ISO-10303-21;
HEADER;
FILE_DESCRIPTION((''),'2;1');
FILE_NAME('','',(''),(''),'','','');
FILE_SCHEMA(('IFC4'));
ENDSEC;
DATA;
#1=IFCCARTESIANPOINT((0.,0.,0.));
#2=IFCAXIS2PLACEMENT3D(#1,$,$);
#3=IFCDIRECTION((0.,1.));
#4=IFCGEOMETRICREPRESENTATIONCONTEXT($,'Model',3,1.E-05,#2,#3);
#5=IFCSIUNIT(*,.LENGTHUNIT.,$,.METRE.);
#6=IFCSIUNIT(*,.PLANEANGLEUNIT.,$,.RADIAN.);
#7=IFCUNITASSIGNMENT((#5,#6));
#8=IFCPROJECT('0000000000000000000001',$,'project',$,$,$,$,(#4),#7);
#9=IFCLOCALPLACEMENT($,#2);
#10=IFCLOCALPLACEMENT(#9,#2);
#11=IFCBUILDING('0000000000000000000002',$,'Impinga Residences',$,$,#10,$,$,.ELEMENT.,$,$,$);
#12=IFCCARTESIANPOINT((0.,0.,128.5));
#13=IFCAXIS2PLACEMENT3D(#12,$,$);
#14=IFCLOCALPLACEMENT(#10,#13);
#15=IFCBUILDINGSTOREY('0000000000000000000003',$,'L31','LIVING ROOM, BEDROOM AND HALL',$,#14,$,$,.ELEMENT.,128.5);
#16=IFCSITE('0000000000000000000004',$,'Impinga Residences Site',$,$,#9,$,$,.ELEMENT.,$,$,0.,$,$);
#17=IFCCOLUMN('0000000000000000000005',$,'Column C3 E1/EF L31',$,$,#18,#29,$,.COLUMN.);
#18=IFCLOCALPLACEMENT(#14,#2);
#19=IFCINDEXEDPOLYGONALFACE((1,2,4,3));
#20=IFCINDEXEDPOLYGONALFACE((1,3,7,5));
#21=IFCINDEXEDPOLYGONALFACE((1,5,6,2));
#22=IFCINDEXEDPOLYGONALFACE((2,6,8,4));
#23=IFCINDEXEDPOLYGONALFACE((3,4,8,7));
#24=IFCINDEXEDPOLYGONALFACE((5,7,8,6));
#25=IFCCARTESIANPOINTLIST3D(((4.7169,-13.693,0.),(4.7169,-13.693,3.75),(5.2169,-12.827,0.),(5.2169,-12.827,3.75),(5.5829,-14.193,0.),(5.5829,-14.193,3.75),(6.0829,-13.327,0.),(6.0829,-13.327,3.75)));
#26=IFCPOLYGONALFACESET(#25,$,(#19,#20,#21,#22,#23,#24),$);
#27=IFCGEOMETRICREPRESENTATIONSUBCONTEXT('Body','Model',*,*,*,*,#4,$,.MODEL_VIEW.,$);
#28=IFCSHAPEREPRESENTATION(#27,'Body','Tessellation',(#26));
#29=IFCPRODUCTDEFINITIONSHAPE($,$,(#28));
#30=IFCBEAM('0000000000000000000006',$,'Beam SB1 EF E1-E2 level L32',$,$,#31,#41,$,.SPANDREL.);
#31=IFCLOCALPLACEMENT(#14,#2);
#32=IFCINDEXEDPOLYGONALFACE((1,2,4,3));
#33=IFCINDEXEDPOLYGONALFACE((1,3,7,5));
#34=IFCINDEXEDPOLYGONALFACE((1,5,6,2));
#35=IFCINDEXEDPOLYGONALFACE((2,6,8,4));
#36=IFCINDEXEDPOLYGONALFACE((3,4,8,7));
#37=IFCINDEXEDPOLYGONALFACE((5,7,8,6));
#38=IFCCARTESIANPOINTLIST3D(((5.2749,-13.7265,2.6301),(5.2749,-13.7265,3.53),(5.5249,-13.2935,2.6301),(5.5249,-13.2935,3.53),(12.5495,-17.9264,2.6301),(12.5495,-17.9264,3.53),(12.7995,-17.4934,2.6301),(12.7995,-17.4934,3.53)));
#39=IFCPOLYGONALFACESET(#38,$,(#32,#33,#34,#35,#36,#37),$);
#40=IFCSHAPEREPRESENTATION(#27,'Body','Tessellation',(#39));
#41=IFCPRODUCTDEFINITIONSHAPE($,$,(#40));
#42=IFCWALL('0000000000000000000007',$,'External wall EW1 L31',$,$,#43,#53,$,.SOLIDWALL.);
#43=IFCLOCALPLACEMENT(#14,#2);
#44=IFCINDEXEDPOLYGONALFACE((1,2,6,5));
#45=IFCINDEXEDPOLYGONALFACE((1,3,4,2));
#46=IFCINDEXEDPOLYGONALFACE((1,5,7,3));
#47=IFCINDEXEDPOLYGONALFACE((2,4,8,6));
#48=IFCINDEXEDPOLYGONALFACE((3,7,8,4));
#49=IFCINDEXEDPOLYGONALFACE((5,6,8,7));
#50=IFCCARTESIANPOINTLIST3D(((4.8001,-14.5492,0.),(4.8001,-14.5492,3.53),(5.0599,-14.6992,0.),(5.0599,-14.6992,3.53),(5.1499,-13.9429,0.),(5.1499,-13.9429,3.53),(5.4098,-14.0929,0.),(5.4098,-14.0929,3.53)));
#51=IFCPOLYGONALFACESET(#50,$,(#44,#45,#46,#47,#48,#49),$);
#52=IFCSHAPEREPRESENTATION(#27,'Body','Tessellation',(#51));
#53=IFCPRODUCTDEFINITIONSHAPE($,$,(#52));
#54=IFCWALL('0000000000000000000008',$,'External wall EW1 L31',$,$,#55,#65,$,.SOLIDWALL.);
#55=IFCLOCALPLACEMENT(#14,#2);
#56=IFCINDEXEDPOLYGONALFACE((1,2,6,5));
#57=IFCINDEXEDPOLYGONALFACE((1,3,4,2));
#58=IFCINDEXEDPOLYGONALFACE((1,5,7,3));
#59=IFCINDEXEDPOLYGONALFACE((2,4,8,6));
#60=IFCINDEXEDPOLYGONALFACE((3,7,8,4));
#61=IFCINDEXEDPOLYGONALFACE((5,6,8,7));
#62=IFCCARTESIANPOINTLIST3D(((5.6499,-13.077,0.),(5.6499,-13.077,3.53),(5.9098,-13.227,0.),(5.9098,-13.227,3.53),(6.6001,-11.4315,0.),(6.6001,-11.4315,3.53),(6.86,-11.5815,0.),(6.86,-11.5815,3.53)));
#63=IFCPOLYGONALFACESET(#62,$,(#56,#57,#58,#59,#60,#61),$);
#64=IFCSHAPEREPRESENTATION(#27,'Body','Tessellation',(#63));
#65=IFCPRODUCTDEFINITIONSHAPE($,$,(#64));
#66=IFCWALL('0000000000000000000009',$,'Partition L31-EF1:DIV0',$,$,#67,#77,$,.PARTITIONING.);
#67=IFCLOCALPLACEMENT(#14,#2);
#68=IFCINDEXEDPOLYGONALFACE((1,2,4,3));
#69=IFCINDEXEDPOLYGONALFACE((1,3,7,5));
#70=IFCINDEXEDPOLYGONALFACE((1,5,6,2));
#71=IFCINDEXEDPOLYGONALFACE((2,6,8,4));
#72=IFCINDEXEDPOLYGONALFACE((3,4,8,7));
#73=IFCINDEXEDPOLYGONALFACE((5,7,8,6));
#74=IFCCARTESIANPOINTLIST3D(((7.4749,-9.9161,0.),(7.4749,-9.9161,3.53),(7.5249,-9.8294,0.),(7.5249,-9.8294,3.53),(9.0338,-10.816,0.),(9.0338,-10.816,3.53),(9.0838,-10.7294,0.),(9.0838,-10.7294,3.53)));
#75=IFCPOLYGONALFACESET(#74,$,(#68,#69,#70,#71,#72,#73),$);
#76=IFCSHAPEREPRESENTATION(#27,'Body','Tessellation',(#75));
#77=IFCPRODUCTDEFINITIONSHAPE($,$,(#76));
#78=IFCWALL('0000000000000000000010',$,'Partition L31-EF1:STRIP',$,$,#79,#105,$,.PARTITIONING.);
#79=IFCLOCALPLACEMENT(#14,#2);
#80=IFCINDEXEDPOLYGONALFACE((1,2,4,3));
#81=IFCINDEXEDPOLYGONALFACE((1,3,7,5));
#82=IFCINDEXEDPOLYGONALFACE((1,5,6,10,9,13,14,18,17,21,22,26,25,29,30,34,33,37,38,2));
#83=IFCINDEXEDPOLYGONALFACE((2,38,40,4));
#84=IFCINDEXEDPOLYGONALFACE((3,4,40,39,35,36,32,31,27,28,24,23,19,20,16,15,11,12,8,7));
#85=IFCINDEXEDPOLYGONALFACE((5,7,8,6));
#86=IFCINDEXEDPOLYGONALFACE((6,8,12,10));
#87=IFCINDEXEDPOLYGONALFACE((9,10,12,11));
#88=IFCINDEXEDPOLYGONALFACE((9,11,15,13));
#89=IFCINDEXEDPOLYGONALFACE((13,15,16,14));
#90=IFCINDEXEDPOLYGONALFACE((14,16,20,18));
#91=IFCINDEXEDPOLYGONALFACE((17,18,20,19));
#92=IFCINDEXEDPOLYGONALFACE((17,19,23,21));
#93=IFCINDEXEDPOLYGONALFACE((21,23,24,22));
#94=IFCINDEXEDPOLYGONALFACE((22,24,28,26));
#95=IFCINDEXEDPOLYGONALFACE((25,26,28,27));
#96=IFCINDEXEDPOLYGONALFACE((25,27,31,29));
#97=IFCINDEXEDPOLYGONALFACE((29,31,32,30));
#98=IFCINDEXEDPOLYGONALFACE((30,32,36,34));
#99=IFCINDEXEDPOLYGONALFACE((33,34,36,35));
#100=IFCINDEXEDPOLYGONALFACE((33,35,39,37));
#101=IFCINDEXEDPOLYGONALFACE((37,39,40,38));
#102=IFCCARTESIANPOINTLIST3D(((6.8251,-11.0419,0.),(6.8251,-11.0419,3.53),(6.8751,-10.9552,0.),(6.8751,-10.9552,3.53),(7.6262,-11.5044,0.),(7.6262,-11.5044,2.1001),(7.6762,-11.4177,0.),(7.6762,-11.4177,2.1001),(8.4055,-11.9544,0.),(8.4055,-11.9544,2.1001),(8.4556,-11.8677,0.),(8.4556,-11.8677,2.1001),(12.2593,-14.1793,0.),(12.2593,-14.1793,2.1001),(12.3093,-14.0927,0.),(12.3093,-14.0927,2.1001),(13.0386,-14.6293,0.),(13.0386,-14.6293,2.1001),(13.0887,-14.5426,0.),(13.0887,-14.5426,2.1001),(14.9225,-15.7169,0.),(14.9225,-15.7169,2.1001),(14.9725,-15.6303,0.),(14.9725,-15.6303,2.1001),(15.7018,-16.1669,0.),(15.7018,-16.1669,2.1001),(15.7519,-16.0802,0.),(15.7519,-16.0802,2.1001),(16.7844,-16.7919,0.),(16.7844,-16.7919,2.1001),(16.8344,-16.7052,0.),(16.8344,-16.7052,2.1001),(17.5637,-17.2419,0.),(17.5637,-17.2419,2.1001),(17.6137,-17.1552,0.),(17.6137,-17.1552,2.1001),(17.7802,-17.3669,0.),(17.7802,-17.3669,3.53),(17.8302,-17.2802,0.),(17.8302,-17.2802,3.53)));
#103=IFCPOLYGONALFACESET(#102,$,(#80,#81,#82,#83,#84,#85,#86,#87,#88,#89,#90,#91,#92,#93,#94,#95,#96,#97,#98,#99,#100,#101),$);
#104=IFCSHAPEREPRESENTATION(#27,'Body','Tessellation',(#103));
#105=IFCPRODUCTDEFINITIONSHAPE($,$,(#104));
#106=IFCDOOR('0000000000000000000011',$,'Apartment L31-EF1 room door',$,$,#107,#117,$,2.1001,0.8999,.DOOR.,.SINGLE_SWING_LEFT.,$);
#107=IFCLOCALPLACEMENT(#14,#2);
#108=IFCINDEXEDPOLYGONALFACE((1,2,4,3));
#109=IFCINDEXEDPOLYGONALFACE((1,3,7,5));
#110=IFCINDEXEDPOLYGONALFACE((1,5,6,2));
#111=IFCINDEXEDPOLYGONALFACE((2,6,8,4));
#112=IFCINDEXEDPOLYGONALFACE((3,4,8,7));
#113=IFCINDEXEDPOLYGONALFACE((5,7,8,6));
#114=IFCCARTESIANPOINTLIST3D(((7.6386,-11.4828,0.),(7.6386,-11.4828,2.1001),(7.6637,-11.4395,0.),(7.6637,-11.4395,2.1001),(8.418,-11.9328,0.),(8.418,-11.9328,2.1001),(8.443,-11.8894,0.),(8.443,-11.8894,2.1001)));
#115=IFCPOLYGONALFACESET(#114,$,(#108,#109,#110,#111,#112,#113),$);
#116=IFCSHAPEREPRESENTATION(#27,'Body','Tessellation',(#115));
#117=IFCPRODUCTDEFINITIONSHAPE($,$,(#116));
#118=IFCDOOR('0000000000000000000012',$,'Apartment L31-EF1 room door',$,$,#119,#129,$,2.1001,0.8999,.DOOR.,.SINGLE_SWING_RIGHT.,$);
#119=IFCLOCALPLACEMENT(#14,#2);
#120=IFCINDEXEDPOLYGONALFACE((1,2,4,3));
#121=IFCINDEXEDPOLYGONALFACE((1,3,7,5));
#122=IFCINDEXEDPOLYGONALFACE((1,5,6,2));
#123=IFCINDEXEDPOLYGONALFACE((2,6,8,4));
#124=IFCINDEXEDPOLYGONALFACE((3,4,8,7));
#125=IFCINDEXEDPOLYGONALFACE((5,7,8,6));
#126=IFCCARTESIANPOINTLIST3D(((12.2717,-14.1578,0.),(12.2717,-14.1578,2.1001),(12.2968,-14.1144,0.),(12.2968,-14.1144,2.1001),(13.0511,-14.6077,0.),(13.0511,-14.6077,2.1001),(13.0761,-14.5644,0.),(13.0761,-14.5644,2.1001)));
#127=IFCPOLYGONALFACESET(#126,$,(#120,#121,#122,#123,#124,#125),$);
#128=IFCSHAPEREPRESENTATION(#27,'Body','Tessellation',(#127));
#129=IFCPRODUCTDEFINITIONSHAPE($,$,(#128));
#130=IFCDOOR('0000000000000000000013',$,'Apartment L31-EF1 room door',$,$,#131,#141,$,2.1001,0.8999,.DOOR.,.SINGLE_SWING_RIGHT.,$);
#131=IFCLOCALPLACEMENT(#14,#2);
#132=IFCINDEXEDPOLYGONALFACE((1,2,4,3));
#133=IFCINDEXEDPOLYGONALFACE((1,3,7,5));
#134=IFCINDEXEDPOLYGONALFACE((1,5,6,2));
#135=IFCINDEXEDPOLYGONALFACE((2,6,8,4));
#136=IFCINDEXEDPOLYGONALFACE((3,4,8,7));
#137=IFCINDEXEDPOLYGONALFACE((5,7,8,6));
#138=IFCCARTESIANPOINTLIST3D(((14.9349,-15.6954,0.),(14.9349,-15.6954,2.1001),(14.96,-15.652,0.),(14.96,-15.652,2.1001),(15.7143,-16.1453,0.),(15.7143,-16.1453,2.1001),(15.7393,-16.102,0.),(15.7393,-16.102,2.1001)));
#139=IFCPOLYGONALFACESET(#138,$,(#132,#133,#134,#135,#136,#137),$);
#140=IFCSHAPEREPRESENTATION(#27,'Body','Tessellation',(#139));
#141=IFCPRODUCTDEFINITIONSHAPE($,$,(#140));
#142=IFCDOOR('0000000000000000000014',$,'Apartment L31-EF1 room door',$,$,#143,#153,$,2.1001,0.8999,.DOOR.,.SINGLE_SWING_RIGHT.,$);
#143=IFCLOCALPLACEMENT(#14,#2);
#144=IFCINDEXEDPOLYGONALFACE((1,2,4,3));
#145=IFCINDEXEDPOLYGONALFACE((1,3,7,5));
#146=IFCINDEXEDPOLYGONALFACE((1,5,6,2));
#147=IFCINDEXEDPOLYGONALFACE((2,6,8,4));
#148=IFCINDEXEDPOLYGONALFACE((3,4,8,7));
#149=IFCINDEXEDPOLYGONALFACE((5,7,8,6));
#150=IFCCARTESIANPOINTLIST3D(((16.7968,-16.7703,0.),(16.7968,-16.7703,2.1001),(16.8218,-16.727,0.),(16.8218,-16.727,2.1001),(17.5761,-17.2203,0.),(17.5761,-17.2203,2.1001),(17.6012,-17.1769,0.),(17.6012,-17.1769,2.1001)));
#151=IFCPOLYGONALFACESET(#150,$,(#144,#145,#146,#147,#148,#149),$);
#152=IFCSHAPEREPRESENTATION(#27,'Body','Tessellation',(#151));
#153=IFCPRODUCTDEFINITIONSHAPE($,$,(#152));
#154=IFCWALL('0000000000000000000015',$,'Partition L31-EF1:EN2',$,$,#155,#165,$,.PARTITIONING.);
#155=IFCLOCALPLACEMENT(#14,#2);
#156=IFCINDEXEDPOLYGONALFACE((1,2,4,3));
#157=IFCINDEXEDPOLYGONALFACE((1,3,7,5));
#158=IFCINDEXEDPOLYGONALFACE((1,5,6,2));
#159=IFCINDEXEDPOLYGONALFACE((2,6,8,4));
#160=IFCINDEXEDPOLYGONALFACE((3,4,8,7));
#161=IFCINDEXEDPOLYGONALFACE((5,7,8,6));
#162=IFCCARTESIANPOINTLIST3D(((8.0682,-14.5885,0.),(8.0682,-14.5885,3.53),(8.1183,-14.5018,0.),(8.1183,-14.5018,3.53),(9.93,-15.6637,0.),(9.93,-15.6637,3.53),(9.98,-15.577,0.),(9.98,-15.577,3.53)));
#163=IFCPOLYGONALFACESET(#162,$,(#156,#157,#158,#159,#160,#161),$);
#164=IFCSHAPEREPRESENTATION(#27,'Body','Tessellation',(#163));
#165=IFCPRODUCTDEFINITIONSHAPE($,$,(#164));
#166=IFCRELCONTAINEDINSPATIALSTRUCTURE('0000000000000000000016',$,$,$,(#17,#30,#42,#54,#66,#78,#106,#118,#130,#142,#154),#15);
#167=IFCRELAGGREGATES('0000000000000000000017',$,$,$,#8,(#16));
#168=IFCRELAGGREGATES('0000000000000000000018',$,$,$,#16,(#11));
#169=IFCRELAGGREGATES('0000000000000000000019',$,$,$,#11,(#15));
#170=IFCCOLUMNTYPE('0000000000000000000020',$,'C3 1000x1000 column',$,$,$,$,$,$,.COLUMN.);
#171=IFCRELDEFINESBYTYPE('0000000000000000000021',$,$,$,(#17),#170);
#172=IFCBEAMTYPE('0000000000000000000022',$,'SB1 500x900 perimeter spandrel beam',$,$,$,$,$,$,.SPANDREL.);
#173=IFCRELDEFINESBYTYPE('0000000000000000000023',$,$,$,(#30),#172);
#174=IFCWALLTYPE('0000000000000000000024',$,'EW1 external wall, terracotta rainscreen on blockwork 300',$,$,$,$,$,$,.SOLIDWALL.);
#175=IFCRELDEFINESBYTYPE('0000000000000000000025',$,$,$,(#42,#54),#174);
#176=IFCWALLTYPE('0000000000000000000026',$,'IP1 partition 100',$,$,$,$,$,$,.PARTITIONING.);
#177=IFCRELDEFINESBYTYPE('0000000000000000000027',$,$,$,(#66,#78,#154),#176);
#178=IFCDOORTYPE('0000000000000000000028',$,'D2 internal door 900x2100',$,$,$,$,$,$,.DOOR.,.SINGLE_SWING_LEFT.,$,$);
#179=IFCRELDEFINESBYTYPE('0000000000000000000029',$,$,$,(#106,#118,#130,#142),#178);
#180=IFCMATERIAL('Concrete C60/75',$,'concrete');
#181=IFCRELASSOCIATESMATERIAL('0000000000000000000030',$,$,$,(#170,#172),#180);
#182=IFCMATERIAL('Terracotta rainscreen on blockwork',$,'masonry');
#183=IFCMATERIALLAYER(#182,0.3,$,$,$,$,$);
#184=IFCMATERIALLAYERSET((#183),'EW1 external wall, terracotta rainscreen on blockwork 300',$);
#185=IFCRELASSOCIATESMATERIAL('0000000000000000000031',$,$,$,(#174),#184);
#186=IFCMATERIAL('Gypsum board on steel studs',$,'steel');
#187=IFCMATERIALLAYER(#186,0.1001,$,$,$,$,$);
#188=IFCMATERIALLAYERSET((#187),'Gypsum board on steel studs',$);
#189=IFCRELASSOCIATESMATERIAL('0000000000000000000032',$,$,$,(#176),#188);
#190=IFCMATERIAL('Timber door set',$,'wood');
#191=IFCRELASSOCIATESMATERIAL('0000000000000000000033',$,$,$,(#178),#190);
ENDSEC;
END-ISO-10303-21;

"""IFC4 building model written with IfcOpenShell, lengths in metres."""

from ifc_helpers import new_model, si_unit, direction, frame, frame_2d, origin, origin_2d, place, context, subcontext, project, spatial, rectangle, extrude, material, layer, layer_set, material_profile, profile_set, type_object, element, fill, save


model = new_model("IFC4")

# Units and contexts
model_context = context("Model", 3, precision=1e-05, world=origin(), true_north=direction((0.0, 1.0)))
body_context = subcontext(model_context, "Body", "Model", "MODEL_VIEW")
ifc_project = project(units=[si_unit("LENGTHUNIT", "METRE"), si_unit("PLANEANGLEUNIT", "RADIAN")], contexts=[model_context])

# Site, building, storey
site_placement = place(None, origin())
site = spatial("IfcSite", under=ifc_project, at=site_placement, Name="Impinga Residences Site", CompositionType="ELEMENT", RefElevation=0.0)
building_placement = place(site_placement, origin())
building = spatial("IfcBuilding", under=site, at=building_placement, Name="Impinga Residences", CompositionType="ELEMENT")
storey_placement = place(building_placement, frame((0.0, 0.0, 128.5)))
storey = spatial("IfcBuildingStorey", under=building, at=storey_placement, Name="L31", Description="LIVING ROOM, BEDROOM AND HALL", CompositionType="ELEMENT", Elevation=128.5)

# Column
ifc_material_1 = material(Name="Concrete C60/75", Category="concrete")
ifc_material_profile_1 = material_profile(ifc_material_1, rectangle(XDim=1.0, YDim=1.0, at=origin_2d()), Name="RC 1000x1000")
ifc_profile_set_1 = profile_set([ifc_material_profile_1], Name="Concrete C60/75")
column_type = type_object("IfcColumnType", Name="C3 1000x1000 column", PredefinedType="COLUMN", material=ifc_profile_set_1)
column_placement = place(storey_placement, frame((5.3999, -13.51, 0.0), z_axis=(0.0, 0.0, 1.0), x_axis=(-0.5, -0.866025, 0.0)))
element("IfcColumn", 1, at=column_placement, inside=storey, type_object=column_type, Name="Column C3 E1/EF L31", PredefinedType="COLUMN", context=body_context, shape_type="SweptSolid", body=[
    extrude(rectangle(XDim=1.0, YDim=1.0, at=origin_2d()), origin(), (0.0, 0.0, 1.0), 3.75),
])

# Beam
ifc_material_profile_2 = material_profile(ifc_material_1, rectangle(XDim=0.5, YDim=0.8999, at=origin_2d()), Name="RC 500x900")
ifc_profile_set_2 = profile_set([ifc_material_profile_2], Name="Concrete C60/75")
beam_type = type_object("IfcBeamType", Name="SB1 500x900 perimeter spandrel beam", PredefinedType="SPANDREL", material=ifc_profile_set_2)
beam_placement = place(storey_placement, frame((5.3999, -13.51, 3.0801), z_axis=(0.866029, -0.499993, 0.0), x_axis=(0.499993, 0.866029, 0.0)))
element("IfcBeam", 2, at=beam_placement, inside=storey, type_object=beam_type, Name="Beam SB1 EF E1-E2 level L32", PredefinedType="SPANDREL", context=body_context, shape_type="SweptSolid", body=[
    extrude(rectangle(XDim=0.5, YDim=0.8999, at=origin_2d()), origin(), (0.0, 0.0, 1.0), 8.3999),
])

# Walls
ifc_material_2 = material(Name="Terracotta rainscreen on blockwork", Category="masonry")
ifc_layer_1 = layer(ifc_material_2, 0.3)
ifc_layer_set_1 = layer_set([ifc_layer_1], Name="EW1 external wall, terracotta rainscreen on blockwork 300")
wall_type_1 = type_object("IfcWallType", Name="EW1 external wall, terracotta rainscreen on blockwork 300", PredefinedType="SOLIDWALL", material=ifc_layer_set_1)
wall_1_placement = place(storey_placement, frame((4.9299, -14.6243, 0.0), z_axis=(0.0, 0.0, 1.0), x_axis=(0.499853, 0.86611, 0.0)))
element("IfcWall", 3, at=wall_1_placement, inside=storey, type_object=wall_type_1, Name="External wall EW1 L31", PredefinedType="SOLIDWALL", context=body_context, shape_type="SweptSolid", body=[
    extrude(rectangle(XDim=0.7, YDim=0.3, at=frame_2d((0.3501, 0.0))), origin(), (0.0, 0.0, 1.0), 3.53),
])
wall_2_placement = place(storey_placement, frame((5.7798, -13.1521, 0.0), z_axis=(0.0, 0.0, 1.0), x_axis=(0.500064, 0.865989, 0.0)))
element("IfcWall", 4, at=wall_2_placement, inside=storey, type_object=wall_type_1, Name="External wall EW1 L31", PredefinedType="SOLIDWALL", context=body_context, shape_type="SweptSolid", body=[
    extrude(rectangle(XDim=1.9001, YDim=0.3, at=frame_2d((0.9502, 0.0))), origin(), (0.0, 0.0, 1.0), 3.53),
])
ifc_material_3 = material(Name="Gypsum board on steel studs", Category="steel")
ifc_layer_2 = layer(ifc_material_3, 0.1001)
ifc_layer_set_2 = layer_set([ifc_layer_2], Name="Gypsum board on steel studs")
wall_type_2 = type_object("IfcWallType", Name="IP1 partition 100", PredefinedType="PARTITIONING", material=ifc_layer_set_2)
wall_3_placement = place(storey_placement, frame((7.5, -9.8728, 0.0), z_axis=(0.0, 0.0, 1.0), x_axis=(0.866048, -0.499961, 0.0)))
element("IfcWall", 5, at=wall_3_placement, inside=storey, type_object=wall_type_2, Name="Partition L31-EF1:DIV0", PredefinedType="PARTITIONING", context=body_context, shape_type="SweptSolid", body=[
    extrude(rectangle(XDim=1.8, YDim=0.1001, at=frame_2d((0.8999, 0.0))), origin(), (0.0, 0.0, 1.0), 3.53),
])

# Wall, openings, doors
wall_4_placement = place(storey_placement, frame((6.8501, -10.9985, 0.0), z_axis=(0.0, 0.0, 1.0), x_axis=(0.866024, -0.500002, 0.0)))
wall_4 = element("IfcWall", 6, at=wall_4_placement, inside=storey, type_object=wall_type_2, Name="Partition L31-EF1:STRIP", PredefinedType="PARTITIONING", context=body_context, shape_type="SweptSolid", body=[
    extrude(rectangle(XDim=12.6499, YDim=0.1001, at=frame_2d((6.325, 0.0))), origin(), (0.0, 0.0, 1.0), 3.53),
])
opening_1_placement = place(wall_4_placement, frame((0.925, 0.0, 0.0)))
opening_1 = element("IfcOpeningElement", 7, at=opening_1_placement, cuts=wall_4, PredefinedType="OPENING", context=body_context, shape_type="SweptSolid", body=[
    extrude(rectangle(XDim=0.8999, YDim=2.1001, at=frame_2d((0.45, 1.05))), frame((0.0, 0.0601, 0.0), z_axis=(0.0, -1.0, 0.0), x_axis=(1.0, 0.0, 0.0)), (0.0, 0.0, 1.0), 0.1201),
])
opening_2_placement = place(wall_4_placement, frame((6.2749, 0.0, 0.0)))
opening_2 = element("IfcOpeningElement", 8, at=opening_2_placement, cuts=wall_4, PredefinedType="OPENING", context=body_context, shape_type="SweptSolid", body=[
    extrude(rectangle(XDim=0.8999, YDim=2.1001, at=frame_2d((0.45, 1.05))), frame((0.0, 0.0601, 0.0), z_axis=(0.0, -1.0, 0.0), x_axis=(1.0, 0.0, 0.0)), (0.0, 0.0, 1.0), 0.1201),
])
opening_3_placement = place(wall_4_placement, frame((9.3501, 0.0, 0.0)))
opening_3 = element("IfcOpeningElement", 9, at=opening_3_placement, cuts=wall_4, PredefinedType="OPENING", context=body_context, shape_type="SweptSolid", body=[
    extrude(rectangle(XDim=0.8999, YDim=2.1001, at=frame_2d((0.45, 1.05))), frame((0.0, 0.0601, 0.0), z_axis=(0.0, -1.0, 0.0), x_axis=(1.0, 0.0, 0.0)), (0.0, 0.0, 1.0), 0.1201),
])
opening_4_placement = place(wall_4_placement, frame((11.5, 0.0, 0.0)))
opening_4 = element("IfcOpeningElement", 10, at=opening_4_placement, cuts=wall_4, PredefinedType="OPENING", context=body_context, shape_type="SweptSolid", body=[
    extrude(rectangle(XDim=0.8999, YDim=2.1001, at=frame_2d((0.45, 1.05))), frame((0.0, 0.0601, 0.0), z_axis=(0.0, -1.0, 0.0), x_axis=(1.0, 0.0, 0.0)), (0.0, 0.0, 1.0), 0.1201),
])
ifc_material_4 = material(Name="Timber door set", Category="wood")
door_type_1 = type_object("IfcDoorType", Name="D2 internal door 900x2100", OperationType="SINGLE_SWING_LEFT", PredefinedType="DOOR", material=ifc_material_4)
door_1_placement = place(opening_1_placement, origin())
door_1 = element("IfcDoor", 11, at=door_1_placement, inside=storey, type_object=door_type_1, Name="Apartment L31-EF1 room door", OperationType="SINGLE_SWING_LEFT", OverallHeight=2.1001, OverallWidth=0.8999, PredefinedType="DOOR", context=body_context, shape_type="SweptSolid", body=[
    extrude(rectangle(XDim=0.8999, YDim=2.1001, at=frame_2d((0.45, 1.05))), frame((0.0, 0.0249, 0.0), z_axis=(0.0, -1.0, 0.0), x_axis=(1.0, 0.0, 0.0)), (0.0, 0.0, 1.0), 0.05),
])
fill(opening_1, door_1)
door_2_placement = place(opening_2_placement, origin())
door_2 = element("IfcDoor", 12, at=door_2_placement, inside=storey, type_object=door_type_1, Name="Apartment L31-EF1 room door", OperationType="SINGLE_SWING_RIGHT", OverallHeight=2.1001, OverallWidth=0.8999, PredefinedType="DOOR", context=body_context, shape_type="SweptSolid", body=[
    extrude(rectangle(XDim=0.8999, YDim=2.1001, at=frame_2d((0.45, 1.05))), frame((0.0, 0.0249, 0.0), z_axis=(0.0, -1.0, 0.0), x_axis=(1.0, 0.0, 0.0)), (0.0, 0.0, 1.0), 0.05),
])
fill(opening_2, door_2)
door_3_placement = place(opening_3_placement, origin())
door_3 = element("IfcDoor", 13, at=door_3_placement, inside=storey, type_object=door_type_1, Name="Apartment L31-EF1 room door", OperationType="SINGLE_SWING_RIGHT", OverallHeight=2.1001, OverallWidth=0.8999, PredefinedType="DOOR", context=body_context, shape_type="SweptSolid", body=[
    extrude(rectangle(XDim=0.8999, YDim=2.1001, at=frame_2d((0.45, 1.05))), frame((0.0, 0.0249, 0.0), z_axis=(0.0, -1.0, 0.0), x_axis=(1.0, 0.0, 0.0)), (0.0, 0.0, 1.0), 0.05),
])
fill(opening_3, door_3)
door_4_placement = place(opening_4_placement, origin())
door_4 = element("IfcDoor", 14, at=door_4_placement, inside=storey, type_object=door_type_1, Name="Apartment L31-EF1 room door", OperationType="SINGLE_SWING_RIGHT", OverallHeight=2.1001, OverallWidth=0.8999, PredefinedType="DOOR", context=body_context, shape_type="SweptSolid", body=[
    extrude(rectangle(XDim=0.8999, YDim=2.1001, at=frame_2d((0.45, 1.05))), frame((0.0, 0.0249, 0.0), z_axis=(0.0, -1.0, 0.0), x_axis=(1.0, 0.0, 0.0)), (0.0, 0.0, 1.0), 0.05),
])
fill(opening_4, door_4)

# Wall
wall_5_placement = place(storey_placement, frame((8.0933, -14.5452, 0.0), z_axis=(0.0, 0.0, 1.0), x_axis=(0.86597, -0.500096, 0.0)))
element("IfcWall", 15, at=wall_5_placement, inside=storey, type_object=wall_type_2, Name="Partition L31-EF1:EN2", PredefinedType="PARTITIONING", context=body_context, shape_type="SweptSolid", body=[
    extrude(rectangle(XDim=2.1499, YDim=0.1001, at=frame_2d((1.075, 0.0))), origin(), (0.0, 0.0, 1.0), 3.53),
])

save(model, "model.ifc")
